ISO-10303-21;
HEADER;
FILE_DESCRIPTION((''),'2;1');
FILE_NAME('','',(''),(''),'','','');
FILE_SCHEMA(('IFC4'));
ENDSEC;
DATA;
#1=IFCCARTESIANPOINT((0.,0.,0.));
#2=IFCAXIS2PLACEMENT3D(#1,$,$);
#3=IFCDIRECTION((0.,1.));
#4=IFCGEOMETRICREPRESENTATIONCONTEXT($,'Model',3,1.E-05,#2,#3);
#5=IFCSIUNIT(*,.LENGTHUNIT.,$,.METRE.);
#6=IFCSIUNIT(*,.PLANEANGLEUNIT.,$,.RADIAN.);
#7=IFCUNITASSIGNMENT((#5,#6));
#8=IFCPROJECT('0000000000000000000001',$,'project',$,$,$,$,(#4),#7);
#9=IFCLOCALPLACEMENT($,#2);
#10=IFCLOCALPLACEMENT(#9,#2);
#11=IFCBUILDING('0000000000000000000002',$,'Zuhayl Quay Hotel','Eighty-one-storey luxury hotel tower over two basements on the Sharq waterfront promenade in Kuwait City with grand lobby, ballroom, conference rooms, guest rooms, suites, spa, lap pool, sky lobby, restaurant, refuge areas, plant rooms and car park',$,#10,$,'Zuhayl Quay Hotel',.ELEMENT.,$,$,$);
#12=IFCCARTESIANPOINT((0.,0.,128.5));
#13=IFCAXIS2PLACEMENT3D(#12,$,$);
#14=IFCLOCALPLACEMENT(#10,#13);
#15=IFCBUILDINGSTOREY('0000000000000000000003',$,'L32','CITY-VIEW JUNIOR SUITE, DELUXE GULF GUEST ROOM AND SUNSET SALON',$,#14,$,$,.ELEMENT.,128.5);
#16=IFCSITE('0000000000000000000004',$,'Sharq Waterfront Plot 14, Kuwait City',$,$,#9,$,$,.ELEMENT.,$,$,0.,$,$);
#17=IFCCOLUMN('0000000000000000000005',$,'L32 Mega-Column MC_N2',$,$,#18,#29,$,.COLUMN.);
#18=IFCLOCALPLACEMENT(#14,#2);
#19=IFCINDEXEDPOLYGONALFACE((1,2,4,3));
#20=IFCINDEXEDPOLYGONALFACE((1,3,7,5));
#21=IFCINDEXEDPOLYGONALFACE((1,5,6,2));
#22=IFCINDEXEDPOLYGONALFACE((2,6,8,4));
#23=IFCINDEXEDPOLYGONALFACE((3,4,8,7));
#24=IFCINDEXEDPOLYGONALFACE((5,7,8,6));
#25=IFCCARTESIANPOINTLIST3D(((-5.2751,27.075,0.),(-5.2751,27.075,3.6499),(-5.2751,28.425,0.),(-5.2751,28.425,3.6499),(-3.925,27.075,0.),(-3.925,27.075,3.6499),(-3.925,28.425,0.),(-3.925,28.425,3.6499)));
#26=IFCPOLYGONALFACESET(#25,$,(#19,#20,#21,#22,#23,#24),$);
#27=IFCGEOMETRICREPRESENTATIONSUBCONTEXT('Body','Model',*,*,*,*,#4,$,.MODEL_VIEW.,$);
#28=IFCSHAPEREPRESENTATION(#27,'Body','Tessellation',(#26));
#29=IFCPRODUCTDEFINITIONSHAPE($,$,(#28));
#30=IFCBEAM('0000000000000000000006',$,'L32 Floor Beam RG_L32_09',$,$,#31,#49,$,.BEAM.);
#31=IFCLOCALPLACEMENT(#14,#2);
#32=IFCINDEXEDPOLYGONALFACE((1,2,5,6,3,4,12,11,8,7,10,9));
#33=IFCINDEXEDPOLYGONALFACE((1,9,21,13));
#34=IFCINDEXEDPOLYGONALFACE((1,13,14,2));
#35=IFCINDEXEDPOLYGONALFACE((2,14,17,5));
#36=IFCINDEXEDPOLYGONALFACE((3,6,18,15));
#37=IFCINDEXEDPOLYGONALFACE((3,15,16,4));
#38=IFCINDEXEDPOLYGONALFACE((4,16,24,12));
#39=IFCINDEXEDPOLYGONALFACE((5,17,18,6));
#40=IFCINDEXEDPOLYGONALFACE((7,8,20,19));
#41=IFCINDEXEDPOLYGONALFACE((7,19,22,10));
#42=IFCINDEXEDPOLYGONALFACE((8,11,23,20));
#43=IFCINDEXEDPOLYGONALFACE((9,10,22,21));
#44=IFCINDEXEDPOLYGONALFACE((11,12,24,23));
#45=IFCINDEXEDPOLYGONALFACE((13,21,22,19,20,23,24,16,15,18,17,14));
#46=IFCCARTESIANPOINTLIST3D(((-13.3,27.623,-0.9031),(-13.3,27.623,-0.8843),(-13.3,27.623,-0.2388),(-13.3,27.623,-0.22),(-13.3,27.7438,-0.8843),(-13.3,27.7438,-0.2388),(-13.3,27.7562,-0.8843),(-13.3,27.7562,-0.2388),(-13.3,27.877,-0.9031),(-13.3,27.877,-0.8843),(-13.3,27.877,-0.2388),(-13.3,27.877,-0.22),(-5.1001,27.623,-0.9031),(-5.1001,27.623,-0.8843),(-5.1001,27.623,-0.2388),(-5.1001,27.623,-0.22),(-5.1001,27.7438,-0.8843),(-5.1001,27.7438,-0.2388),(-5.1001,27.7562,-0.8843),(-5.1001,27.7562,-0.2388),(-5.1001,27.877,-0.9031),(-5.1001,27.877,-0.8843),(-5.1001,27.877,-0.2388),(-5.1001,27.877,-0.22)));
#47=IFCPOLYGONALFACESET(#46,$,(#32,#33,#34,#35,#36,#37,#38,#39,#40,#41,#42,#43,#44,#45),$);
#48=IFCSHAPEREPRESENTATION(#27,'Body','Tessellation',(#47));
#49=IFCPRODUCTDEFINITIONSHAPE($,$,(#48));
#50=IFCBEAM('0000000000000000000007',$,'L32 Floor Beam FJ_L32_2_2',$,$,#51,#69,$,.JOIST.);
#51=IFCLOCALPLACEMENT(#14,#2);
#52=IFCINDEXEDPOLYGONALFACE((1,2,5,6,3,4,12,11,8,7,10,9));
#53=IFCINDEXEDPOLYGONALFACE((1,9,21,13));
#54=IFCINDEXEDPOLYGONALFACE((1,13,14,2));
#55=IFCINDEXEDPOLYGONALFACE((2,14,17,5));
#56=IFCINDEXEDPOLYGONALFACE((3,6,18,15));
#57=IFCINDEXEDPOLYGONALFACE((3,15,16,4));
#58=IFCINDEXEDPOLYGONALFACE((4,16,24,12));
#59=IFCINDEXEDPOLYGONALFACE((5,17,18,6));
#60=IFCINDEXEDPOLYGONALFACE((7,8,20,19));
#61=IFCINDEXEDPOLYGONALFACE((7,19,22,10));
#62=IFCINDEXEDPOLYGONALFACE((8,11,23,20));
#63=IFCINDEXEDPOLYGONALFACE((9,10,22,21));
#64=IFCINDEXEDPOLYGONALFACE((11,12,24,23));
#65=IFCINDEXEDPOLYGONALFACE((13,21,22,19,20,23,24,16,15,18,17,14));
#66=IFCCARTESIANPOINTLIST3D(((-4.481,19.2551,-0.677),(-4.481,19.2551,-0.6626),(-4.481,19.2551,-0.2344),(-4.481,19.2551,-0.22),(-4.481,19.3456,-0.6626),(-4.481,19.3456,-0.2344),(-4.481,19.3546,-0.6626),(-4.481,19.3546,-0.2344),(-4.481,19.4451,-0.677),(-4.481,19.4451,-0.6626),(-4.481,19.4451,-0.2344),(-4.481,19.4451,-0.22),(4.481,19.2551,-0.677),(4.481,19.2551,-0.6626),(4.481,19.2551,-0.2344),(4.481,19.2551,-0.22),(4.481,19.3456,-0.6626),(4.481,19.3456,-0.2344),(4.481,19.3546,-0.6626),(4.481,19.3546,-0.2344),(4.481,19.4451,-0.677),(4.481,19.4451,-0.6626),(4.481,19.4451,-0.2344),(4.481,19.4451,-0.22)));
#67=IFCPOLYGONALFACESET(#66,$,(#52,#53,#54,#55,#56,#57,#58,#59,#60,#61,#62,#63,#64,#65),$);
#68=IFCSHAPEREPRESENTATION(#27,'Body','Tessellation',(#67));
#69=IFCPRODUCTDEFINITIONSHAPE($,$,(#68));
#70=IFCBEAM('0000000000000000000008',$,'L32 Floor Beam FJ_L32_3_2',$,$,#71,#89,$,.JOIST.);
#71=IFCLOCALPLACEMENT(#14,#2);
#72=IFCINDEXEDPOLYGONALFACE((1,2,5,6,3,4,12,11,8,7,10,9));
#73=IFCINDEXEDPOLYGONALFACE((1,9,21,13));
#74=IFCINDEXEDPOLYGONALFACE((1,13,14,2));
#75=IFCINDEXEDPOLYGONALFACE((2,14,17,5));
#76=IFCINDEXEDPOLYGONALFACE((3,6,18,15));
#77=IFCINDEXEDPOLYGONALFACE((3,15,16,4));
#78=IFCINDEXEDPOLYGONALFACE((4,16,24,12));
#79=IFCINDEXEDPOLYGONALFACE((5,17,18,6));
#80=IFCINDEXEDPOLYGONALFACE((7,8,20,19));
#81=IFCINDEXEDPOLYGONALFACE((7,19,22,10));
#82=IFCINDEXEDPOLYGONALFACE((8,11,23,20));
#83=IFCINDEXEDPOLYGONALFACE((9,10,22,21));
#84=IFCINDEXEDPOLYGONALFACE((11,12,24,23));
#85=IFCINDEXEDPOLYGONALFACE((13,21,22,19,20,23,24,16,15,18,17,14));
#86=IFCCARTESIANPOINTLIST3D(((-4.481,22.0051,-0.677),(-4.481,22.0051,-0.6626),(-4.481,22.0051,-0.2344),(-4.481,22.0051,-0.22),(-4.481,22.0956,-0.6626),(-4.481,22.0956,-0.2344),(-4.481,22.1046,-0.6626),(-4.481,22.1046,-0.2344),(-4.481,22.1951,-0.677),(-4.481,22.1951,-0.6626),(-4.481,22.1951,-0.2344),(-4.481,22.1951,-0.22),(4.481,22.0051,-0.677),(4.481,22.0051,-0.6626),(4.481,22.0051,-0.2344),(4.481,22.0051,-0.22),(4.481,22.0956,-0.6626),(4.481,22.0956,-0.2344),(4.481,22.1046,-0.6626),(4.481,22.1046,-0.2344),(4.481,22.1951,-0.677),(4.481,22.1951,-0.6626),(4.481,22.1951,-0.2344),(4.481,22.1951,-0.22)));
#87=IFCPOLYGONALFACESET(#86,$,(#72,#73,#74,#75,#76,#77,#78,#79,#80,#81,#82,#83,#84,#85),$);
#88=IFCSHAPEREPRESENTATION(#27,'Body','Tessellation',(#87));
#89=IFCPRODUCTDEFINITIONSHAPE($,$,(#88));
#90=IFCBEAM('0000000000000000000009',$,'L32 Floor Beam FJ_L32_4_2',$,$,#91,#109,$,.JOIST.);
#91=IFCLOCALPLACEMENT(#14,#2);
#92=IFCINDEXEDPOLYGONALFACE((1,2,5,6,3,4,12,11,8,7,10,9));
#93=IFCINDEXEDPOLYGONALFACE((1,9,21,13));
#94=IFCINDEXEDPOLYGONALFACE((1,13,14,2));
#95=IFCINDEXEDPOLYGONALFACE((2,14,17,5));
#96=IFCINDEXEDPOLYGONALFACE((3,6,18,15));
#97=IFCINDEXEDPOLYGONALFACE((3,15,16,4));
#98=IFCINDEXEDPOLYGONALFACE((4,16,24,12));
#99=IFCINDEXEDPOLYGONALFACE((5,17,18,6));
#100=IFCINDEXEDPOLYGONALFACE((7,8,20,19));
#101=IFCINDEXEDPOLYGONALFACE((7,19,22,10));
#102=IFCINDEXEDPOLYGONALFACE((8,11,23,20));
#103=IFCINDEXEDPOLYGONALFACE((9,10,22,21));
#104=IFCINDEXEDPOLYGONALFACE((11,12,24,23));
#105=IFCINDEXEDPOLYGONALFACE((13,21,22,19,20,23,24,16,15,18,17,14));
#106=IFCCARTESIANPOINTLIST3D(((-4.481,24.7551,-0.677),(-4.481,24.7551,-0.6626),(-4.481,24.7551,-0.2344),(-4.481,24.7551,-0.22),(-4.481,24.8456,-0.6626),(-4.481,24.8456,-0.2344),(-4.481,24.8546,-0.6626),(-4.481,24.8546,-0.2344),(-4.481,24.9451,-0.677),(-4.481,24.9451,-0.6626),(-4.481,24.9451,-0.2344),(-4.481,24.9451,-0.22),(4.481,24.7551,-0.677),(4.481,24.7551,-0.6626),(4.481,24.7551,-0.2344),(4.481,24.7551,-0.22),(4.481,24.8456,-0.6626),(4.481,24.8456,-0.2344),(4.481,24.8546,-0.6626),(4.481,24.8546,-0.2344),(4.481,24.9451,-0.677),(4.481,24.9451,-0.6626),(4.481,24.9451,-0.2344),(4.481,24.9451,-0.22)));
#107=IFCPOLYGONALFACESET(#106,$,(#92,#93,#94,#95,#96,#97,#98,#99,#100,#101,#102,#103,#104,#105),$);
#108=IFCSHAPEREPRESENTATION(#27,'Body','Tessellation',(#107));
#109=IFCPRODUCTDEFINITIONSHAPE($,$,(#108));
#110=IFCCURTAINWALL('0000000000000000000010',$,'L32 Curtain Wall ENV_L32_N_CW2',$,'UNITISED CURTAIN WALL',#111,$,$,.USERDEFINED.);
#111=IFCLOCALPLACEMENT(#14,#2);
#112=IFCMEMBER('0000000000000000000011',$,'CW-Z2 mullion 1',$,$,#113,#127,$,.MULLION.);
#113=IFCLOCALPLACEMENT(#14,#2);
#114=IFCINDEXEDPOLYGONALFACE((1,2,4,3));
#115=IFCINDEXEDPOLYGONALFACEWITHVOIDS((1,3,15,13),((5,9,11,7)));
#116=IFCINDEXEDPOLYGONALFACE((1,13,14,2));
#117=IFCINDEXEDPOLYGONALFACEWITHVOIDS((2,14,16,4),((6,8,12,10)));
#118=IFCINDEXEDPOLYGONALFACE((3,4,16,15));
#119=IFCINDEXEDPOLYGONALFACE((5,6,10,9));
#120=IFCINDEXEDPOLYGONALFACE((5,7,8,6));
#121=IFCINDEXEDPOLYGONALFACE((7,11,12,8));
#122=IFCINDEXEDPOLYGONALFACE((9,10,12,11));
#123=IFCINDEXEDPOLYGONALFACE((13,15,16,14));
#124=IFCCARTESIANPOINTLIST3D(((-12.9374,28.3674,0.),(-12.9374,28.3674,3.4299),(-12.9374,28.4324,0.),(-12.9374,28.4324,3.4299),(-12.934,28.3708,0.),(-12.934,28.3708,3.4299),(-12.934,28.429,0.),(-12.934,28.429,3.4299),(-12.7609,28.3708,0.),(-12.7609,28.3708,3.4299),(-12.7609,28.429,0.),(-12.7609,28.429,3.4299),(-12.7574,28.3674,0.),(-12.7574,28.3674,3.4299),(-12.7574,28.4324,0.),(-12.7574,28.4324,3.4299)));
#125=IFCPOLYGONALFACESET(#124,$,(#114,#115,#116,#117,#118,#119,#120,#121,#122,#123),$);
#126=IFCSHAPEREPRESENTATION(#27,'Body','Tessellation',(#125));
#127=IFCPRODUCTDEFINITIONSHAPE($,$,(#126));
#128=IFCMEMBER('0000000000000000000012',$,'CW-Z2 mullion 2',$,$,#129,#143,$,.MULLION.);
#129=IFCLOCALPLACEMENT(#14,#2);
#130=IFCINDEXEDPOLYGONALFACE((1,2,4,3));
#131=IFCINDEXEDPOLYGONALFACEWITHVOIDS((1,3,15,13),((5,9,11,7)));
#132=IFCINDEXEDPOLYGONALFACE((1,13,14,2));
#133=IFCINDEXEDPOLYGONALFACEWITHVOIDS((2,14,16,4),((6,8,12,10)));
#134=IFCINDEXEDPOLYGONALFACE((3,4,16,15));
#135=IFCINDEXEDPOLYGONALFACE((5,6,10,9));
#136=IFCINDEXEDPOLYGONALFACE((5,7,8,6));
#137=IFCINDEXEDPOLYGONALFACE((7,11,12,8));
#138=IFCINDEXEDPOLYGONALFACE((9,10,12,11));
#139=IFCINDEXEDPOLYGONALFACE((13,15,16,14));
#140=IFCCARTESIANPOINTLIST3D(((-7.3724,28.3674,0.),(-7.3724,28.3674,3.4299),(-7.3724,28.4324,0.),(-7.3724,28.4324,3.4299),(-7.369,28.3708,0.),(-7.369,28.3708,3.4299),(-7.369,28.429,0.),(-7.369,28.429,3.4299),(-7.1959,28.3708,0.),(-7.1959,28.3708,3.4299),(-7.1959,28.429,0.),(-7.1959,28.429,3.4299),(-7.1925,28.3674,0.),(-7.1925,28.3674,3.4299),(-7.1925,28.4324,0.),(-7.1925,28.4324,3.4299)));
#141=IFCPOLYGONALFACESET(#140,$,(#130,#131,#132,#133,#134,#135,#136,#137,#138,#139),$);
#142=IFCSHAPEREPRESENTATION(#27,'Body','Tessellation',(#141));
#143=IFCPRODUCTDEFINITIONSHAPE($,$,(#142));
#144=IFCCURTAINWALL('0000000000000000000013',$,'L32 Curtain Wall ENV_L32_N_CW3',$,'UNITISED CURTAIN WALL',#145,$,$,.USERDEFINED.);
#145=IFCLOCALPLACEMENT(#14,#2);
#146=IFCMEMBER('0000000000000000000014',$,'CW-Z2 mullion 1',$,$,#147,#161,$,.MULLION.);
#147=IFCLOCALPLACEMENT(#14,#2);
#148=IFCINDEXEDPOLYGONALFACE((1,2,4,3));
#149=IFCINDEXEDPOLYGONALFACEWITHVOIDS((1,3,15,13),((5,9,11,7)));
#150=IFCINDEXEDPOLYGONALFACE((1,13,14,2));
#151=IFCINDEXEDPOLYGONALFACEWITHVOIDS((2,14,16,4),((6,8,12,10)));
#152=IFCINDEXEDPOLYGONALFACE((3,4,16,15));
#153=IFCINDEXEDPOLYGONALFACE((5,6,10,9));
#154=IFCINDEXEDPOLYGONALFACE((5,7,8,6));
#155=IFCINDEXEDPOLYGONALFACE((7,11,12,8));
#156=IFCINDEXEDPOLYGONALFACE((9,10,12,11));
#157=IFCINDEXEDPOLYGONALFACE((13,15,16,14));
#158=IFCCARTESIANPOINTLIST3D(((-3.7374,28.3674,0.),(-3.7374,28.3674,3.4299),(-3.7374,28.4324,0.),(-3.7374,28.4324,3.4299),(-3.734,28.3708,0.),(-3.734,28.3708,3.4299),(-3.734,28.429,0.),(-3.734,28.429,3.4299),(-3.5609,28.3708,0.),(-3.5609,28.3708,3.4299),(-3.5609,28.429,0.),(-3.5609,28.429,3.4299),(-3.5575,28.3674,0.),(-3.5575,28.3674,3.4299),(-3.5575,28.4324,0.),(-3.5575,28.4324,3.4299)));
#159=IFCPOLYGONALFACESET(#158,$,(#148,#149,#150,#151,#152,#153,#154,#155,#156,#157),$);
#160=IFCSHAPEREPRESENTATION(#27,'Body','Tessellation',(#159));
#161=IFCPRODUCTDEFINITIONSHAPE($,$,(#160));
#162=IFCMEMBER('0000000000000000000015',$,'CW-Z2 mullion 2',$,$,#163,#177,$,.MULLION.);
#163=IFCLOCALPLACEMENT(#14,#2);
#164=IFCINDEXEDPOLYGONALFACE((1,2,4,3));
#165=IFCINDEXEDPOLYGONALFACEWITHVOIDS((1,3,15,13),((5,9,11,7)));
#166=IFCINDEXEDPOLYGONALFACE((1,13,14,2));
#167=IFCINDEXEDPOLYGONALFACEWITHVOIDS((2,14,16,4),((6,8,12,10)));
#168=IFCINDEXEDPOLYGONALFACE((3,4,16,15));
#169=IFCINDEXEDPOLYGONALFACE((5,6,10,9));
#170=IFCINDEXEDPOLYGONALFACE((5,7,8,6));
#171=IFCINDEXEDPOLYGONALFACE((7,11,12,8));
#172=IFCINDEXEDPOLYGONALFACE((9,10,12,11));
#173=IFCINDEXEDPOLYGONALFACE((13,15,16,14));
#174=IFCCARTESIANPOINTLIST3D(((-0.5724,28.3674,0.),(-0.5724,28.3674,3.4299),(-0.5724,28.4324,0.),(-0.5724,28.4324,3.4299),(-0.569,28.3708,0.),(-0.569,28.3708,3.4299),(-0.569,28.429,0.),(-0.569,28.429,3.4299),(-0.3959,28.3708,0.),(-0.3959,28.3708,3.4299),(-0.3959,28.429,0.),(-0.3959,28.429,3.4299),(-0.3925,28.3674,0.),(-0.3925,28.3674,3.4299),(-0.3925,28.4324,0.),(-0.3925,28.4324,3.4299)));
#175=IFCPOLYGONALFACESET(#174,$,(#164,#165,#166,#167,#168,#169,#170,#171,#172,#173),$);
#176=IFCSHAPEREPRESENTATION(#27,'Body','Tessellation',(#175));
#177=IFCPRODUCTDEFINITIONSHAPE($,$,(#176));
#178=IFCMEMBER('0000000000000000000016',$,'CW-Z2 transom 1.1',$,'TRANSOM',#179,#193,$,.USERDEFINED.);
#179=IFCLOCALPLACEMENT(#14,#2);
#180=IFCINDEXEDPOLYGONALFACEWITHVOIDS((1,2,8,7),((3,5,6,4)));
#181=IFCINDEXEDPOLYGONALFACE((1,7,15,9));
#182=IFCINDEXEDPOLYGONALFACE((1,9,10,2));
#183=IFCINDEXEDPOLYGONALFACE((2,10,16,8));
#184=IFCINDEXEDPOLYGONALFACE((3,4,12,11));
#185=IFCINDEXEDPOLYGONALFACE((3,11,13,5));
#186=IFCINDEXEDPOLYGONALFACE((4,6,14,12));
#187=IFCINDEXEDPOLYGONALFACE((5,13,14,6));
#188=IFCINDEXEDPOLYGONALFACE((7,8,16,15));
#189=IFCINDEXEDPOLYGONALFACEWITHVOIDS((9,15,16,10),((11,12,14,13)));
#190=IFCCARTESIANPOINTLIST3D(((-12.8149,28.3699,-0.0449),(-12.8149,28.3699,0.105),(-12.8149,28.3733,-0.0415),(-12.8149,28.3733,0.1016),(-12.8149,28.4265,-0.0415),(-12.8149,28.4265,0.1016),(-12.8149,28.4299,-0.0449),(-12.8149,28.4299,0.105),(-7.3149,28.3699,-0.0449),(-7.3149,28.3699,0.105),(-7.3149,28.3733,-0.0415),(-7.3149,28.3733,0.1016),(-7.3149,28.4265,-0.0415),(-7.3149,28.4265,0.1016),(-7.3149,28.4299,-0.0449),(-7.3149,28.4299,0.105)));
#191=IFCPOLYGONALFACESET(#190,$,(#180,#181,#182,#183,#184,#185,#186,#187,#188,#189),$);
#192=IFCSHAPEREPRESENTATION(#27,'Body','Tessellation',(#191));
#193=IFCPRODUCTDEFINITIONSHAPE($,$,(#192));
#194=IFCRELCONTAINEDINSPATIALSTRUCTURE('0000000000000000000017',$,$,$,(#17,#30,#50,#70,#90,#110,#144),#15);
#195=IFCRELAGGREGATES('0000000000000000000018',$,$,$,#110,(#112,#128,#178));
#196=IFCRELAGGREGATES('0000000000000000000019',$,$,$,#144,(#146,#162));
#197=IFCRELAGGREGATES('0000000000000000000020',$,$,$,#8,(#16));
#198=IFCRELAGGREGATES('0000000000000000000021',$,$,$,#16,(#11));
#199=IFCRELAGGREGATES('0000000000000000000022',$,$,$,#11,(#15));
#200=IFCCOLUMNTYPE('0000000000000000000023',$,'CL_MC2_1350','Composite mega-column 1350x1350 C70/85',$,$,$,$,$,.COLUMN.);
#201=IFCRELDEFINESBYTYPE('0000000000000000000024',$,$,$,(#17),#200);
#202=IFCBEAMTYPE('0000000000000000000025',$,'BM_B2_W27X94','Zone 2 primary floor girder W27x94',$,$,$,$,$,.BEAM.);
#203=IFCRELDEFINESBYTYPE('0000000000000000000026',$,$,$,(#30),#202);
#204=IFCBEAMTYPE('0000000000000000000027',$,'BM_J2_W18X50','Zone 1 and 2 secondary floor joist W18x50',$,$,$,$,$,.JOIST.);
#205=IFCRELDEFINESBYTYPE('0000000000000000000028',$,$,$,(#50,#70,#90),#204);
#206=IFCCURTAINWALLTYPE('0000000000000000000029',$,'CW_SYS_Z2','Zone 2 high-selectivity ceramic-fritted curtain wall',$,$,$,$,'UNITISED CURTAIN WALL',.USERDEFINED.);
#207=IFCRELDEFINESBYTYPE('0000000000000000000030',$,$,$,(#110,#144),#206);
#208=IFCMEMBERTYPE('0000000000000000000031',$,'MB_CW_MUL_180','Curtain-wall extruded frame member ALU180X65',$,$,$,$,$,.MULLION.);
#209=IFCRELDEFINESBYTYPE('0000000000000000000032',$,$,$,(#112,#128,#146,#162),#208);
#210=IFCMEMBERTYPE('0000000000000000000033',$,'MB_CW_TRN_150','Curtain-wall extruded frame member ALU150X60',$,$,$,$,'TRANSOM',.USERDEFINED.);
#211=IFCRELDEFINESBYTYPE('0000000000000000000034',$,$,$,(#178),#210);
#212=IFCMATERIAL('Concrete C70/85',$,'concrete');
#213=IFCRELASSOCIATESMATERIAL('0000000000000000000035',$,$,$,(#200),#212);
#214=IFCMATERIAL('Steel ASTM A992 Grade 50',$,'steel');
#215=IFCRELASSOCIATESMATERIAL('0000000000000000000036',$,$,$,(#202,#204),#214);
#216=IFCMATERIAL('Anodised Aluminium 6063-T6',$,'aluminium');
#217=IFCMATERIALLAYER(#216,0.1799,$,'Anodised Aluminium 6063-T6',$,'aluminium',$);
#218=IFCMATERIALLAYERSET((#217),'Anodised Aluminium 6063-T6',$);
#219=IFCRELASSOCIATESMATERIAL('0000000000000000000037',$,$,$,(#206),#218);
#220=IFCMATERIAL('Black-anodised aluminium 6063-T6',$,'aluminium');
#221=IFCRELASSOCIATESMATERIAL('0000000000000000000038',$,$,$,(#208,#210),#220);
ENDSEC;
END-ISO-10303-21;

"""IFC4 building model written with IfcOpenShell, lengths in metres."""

from ifc_helpers import new_model, si_unit, direction, frame, origin, origin_2d, place, context, subcontext, project, spatial, rectangle, hollow_rectangle, i_section, extrude, material, layer, layer_set, material_profile, profile_set, type_object, element, aggregate, save


model = new_model("IFC4")

# Units and contexts
model_context = context("Model", 3, precision=1e-05, world=origin(), true_north=direction((0.0, 1.0)))
body_context = subcontext(model_context, "Body", "Model", "MODEL_VIEW")
ifc_project = project(units=[si_unit("LENGTHUNIT", "METRE"), si_unit("PLANEANGLEUNIT", "RADIAN")], contexts=[model_context])

# Site, building, storey
site_placement = place(None, origin())
site = spatial("IfcSite", under=ifc_project, at=site_placement, Name="Sharq Waterfront Plot 14, Kuwait City", CompositionType="ELEMENT", RefElevation=0.0)
building_placement = place(site_placement, origin())
building = spatial("IfcBuilding", under=site, at=building_placement, Name="Zuhayl Quay Hotel", Description="Eighty-one-storey luxury hotel tower over two basements on the Sharq waterfront promenade in Kuwait City with grand lobby, ballroom, conference rooms, guest rooms, suites, spa, lap pool, sky lobby, restaurant, refuge areas, plant rooms and car park", LongName="Zuhayl Quay Hotel", CompositionType="ELEMENT")
storey_placement = place(building_placement, frame((0.0, 0.0, 128.5)))
storey = spatial("IfcBuildingStorey", under=building, at=storey_placement, Name="L32", Description="CITY-VIEW JUNIOR SUITE, DELUXE GULF GUEST ROOM AND SUNSET SALON", CompositionType="ELEMENT", Elevation=128.5)

# Column
ifc_material_1 = material(Name="Concrete C70/85", Category="concrete")
ifc_material_profile_1 = material_profile(ifc_material_1, rectangle(XDim=1.3501, YDim=1.3501, at=origin_2d()), Name="RC1350X1350")
ifc_profile_set_1 = profile_set([ifc_material_profile_1], Name="Concrete C70/85")
column_type = type_object("IfcColumnType", Name="CL_MC2_1350", Description="Composite mega-column 1350x1350 C70/85", PredefinedType="COLUMN", material=ifc_profile_set_1)
column_placement = place(storey_placement, frame((-4.6001, 27.75, 0.0), z_axis=(0.0, 0.0, 1.0), x_axis=(1.0, 0.0, 0.0)))
element("IfcColumn", 1, at=column_placement, inside=storey, type_object=column_type, Name="L32 Mega-Column MC_N2", PredefinedType="COLUMN", context=body_context, shape_type="SweptSolid", body=[
    extrude(rectangle(XDim=1.3501, YDim=1.3501, at=origin_2d()), origin(), (0.0, 0.0, 1.0), 3.6499),
])

# Beams
ifc_material_2 = material(Name="Steel ASTM A992 Grade 50", Category="steel")
ifc_material_profile_2 = material_profile(ifc_material_2, i_section(OverallWidth=0.2539, OverallDepth=0.6831, WebThickness=0.0125, FlangeThickness=0.0188, at=origin_2d()), Name="W27X94")
ifc_profile_set_2 = profile_set([ifc_material_profile_2], Name="Steel ASTM A992 Grade 50")
beam_type_1 = type_object("IfcBeamType", Name="BM_B2_W27X94", Description="Zone 2 primary floor girder W27x94", PredefinedType="BEAM", material=ifc_profile_set_2)
beam_placement = place(storey_placement, frame((-5.1001, 27.75, -0.5615), z_axis=(-1.0, 0.0, 0.0), x_axis=(0.0, -1.0, 0.0)))
element("IfcBeam", 2, at=beam_placement, inside=storey, type_object=beam_type_1, Name="L32 Floor Beam RG_L32_09", PredefinedType="BEAM", context=body_context, shape_type="SweptSolid", body=[
    extrude(i_section(OverallWidth=0.2539, OverallDepth=0.6831, WebThickness=0.0125, FlangeThickness=0.0188, at=origin_2d()), origin(), (0.0, 0.0, 1.0), 8.2),
])
ifc_material_profile_3 = material_profile(ifc_material_2, i_section(OverallWidth=0.1899, OverallDepth=0.457, WebThickness=0.009, FlangeThickness=0.0144, at=origin_2d()), Name="W18X50")
ifc_profile_set_3 = profile_set([ifc_material_profile_3], Name="Steel ASTM A992 Grade 50")
beam_type_2 = type_object("IfcBeamType", Name="BM_J2_W18X50", Description="Zone 1 and 2 secondary floor joist W18x50", PredefinedType="JOIST", material=ifc_profile_set_3)
for number, where, z_axis, x_axis, name in (
    (3, (-4.481, 19.3501, -0.4485), (1.0, 0.0, 0.0), (0.0, 1.0, 0.0), "L32 Floor Beam FJ_L32_2_2"),
    (4, (-4.481, 22.1001, -0.4485), (1.0, 0.0, 0.0), (0.0, 1.0, 0.0), "L32 Floor Beam FJ_L32_3_2"),
    (5, (-4.481, 24.8501, -0.4485), (1.0, 0.0, 0.0), (0.0, 1.0, 0.0), "L32 Floor Beam FJ_L32_4_2"),
):
    element("IfcBeam", number, at=place(storey_placement, frame(where, z_axis=z_axis, x_axis=x_axis)), inside=storey, type_object=beam_type_2, Name=name, PredefinedType="JOIST", context=body_context, shape_type="SweptSolid", body=[
        extrude(i_section(OverallWidth=0.1899, OverallDepth=0.457, WebThickness=0.009, FlangeThickness=0.0144, at=origin_2d()), origin(), (0.0, 0.0, 1.0), 8.9619),
    ])

# Curtain walls, members
ifc_material_3 = material(Name="Anodised Aluminium 6063-T6", Category="aluminium")
ifc_layer_1 = layer(ifc_material_3, 0.1799, Name="Anodised Aluminium 6063-T6", Category="aluminium")
ifc_layer_set_1 = layer_set([ifc_layer_1], Name="Anodised Aluminium 6063-T6")
curtain_wall_type = type_object("IfcCurtainWallType", Name="CW_SYS_Z2", Description="Zone 2 high-selectivity ceramic-fritted curtain wall", ElementType="UNITISED CURTAIN WALL", PredefinedType="USERDEFINED", material=ifc_layer_set_1)
curtain_wall_1_placement = place(storey_placement, origin())
curtain_wall_1 = element("IfcCurtainWall", 6, at=curtain_wall_1_placement, inside=storey, type_object=curtain_wall_type, Name="L32 Curtain Wall ENV_L32_N_CW2", ObjectType="UNITISED CURTAIN WALL", PredefinedType="USERDEFINED")
ifc_material_4 = material(Name="Black-anodised aluminium 6063-T6", Category="aluminium")
ifc_material_profile_4 = material_profile(ifc_material_4, hollow_rectangle(XDim=0.0649, YDim=0.1799, WallThickness=0.0034, at=origin_2d()), Name="ALU180X65")
ifc_profile_set_4 = profile_set([ifc_material_profile_4], Name="Black-anodised aluminium 6063-T6")
member_type_1 = type_object("IfcMemberType", Name="MB_CW_MUL_180", Description="Curtain-wall extruded frame member ALU180X65", PredefinedType="MULLION", material=ifc_profile_set_4)
member_1_placement = place(storey_placement, frame((-12.8474, 28.3999, 0.0), z_axis=(0.0, 0.0, 1.0), x_axis=(0.0, 1.0, 0.0)))
member_1 = element("IfcMember", 7, at=member_1_placement, type_object=member_type_1, Name="CW-Z2 mullion 1", PredefinedType="MULLION", context=body_context, shape_type="SweptSolid", body=[
    extrude(hollow_rectangle(XDim=0.0649, YDim=0.1799, WallThickness=0.0034, at=origin_2d()), origin(), (0.0, 0.0, 1.0), 3.4299),
])
member_2_placement = place(storey_placement, frame((-7.2825, 28.3999, 0.0), z_axis=(0.0, 0.0, 1.0), x_axis=(0.0, 1.0, 0.0)))
member_2 = element("IfcMember", 8, at=member_2_placement, type_object=member_type_1, Name="CW-Z2 mullion 2", PredefinedType="MULLION", context=body_context, shape_type="SweptSolid", body=[
    extrude(hollow_rectangle(XDim=0.0649, YDim=0.1799, WallThickness=0.0034, at=origin_2d()), origin(), (0.0, 0.0, 1.0), 3.4299),
])
curtain_wall_2_placement = place(storey_placement, origin())
curtain_wall_2 = element("IfcCurtainWall", 9, at=curtain_wall_2_placement, inside=storey, type_object=curtain_wall_type, Name="L32 Curtain Wall ENV_L32_N_CW3", ObjectType="UNITISED CURTAIN WALL", PredefinedType="USERDEFINED")
member_3_placement = place(storey_placement, frame((-3.6475, 28.3999, 0.0), z_axis=(0.0, 0.0, 1.0), x_axis=(0.0, 1.0, 0.0)))
member_3 = element("IfcMember", 10, at=member_3_placement, type_object=member_type_1, Name="CW-Z2 mullion 1", PredefinedType="MULLION", context=body_context, shape_type="SweptSolid", body=[
    extrude(hollow_rectangle(XDim=0.0649, YDim=0.1799, WallThickness=0.0034, at=origin_2d()), origin(), (0.0, 0.0, 1.0), 3.4299),
])
member_4_placement = place(storey_placement, frame((-0.4824, 28.3999, 0.0), z_axis=(0.0, 0.0, 1.0), x_axis=(0.0, 1.0, 0.0)))
member_4 = element("IfcMember", 11, at=member_4_placement, type_object=member_type_1, Name="CW-Z2 mullion 2", PredefinedType="MULLION", context=body_context, shape_type="SweptSolid", body=[
    extrude(hollow_rectangle(XDim=0.0649, YDim=0.1799, WallThickness=0.0034, at=origin_2d()), origin(), (0.0, 0.0, 1.0), 3.4299),
])

# Member
ifc_material_profile_5 = material_profile(ifc_material_4, hollow_rectangle(XDim=0.0601, YDim=0.1499, WallThickness=0.0034, at=origin_2d()), Name="ALU150X60")
ifc_profile_set_5 = profile_set([ifc_material_profile_5], Name="Black-anodised aluminium 6063-T6")
member_type_2 = type_object("IfcMemberType", Name="MB_CW_TRN_150", Description="Curtain-wall extruded frame member ALU150X60", ElementType="TRANSOM", PredefinedType="USERDEFINED", material=ifc_profile_set_5)
member_5_placement = place(storey_placement, frame((-12.8149, 28.3999, 0.03), z_axis=(1.0, 0.0, 0.0), x_axis=(0.0, 1.0, 0.0)))
member_5 = element("IfcMember", 12, at=member_5_placement, type_object=member_type_2, Name="CW-Z2 transom 1.1", ObjectType="TRANSOM", PredefinedType="USERDEFINED", context=body_context, shape_type="SweptSolid", body=[
    extrude(hollow_rectangle(XDim=0.0601, YDim=0.1499, WallThickness=0.0034, at=origin_2d()), origin(), (0.0, 0.0, 1.0), 5.5),
])

aggregate(curtain_wall_1, [member_1, member_2, member_5])
aggregate(curtain_wall_2, [member_3, member_4])

save(model, "model.ifc")
